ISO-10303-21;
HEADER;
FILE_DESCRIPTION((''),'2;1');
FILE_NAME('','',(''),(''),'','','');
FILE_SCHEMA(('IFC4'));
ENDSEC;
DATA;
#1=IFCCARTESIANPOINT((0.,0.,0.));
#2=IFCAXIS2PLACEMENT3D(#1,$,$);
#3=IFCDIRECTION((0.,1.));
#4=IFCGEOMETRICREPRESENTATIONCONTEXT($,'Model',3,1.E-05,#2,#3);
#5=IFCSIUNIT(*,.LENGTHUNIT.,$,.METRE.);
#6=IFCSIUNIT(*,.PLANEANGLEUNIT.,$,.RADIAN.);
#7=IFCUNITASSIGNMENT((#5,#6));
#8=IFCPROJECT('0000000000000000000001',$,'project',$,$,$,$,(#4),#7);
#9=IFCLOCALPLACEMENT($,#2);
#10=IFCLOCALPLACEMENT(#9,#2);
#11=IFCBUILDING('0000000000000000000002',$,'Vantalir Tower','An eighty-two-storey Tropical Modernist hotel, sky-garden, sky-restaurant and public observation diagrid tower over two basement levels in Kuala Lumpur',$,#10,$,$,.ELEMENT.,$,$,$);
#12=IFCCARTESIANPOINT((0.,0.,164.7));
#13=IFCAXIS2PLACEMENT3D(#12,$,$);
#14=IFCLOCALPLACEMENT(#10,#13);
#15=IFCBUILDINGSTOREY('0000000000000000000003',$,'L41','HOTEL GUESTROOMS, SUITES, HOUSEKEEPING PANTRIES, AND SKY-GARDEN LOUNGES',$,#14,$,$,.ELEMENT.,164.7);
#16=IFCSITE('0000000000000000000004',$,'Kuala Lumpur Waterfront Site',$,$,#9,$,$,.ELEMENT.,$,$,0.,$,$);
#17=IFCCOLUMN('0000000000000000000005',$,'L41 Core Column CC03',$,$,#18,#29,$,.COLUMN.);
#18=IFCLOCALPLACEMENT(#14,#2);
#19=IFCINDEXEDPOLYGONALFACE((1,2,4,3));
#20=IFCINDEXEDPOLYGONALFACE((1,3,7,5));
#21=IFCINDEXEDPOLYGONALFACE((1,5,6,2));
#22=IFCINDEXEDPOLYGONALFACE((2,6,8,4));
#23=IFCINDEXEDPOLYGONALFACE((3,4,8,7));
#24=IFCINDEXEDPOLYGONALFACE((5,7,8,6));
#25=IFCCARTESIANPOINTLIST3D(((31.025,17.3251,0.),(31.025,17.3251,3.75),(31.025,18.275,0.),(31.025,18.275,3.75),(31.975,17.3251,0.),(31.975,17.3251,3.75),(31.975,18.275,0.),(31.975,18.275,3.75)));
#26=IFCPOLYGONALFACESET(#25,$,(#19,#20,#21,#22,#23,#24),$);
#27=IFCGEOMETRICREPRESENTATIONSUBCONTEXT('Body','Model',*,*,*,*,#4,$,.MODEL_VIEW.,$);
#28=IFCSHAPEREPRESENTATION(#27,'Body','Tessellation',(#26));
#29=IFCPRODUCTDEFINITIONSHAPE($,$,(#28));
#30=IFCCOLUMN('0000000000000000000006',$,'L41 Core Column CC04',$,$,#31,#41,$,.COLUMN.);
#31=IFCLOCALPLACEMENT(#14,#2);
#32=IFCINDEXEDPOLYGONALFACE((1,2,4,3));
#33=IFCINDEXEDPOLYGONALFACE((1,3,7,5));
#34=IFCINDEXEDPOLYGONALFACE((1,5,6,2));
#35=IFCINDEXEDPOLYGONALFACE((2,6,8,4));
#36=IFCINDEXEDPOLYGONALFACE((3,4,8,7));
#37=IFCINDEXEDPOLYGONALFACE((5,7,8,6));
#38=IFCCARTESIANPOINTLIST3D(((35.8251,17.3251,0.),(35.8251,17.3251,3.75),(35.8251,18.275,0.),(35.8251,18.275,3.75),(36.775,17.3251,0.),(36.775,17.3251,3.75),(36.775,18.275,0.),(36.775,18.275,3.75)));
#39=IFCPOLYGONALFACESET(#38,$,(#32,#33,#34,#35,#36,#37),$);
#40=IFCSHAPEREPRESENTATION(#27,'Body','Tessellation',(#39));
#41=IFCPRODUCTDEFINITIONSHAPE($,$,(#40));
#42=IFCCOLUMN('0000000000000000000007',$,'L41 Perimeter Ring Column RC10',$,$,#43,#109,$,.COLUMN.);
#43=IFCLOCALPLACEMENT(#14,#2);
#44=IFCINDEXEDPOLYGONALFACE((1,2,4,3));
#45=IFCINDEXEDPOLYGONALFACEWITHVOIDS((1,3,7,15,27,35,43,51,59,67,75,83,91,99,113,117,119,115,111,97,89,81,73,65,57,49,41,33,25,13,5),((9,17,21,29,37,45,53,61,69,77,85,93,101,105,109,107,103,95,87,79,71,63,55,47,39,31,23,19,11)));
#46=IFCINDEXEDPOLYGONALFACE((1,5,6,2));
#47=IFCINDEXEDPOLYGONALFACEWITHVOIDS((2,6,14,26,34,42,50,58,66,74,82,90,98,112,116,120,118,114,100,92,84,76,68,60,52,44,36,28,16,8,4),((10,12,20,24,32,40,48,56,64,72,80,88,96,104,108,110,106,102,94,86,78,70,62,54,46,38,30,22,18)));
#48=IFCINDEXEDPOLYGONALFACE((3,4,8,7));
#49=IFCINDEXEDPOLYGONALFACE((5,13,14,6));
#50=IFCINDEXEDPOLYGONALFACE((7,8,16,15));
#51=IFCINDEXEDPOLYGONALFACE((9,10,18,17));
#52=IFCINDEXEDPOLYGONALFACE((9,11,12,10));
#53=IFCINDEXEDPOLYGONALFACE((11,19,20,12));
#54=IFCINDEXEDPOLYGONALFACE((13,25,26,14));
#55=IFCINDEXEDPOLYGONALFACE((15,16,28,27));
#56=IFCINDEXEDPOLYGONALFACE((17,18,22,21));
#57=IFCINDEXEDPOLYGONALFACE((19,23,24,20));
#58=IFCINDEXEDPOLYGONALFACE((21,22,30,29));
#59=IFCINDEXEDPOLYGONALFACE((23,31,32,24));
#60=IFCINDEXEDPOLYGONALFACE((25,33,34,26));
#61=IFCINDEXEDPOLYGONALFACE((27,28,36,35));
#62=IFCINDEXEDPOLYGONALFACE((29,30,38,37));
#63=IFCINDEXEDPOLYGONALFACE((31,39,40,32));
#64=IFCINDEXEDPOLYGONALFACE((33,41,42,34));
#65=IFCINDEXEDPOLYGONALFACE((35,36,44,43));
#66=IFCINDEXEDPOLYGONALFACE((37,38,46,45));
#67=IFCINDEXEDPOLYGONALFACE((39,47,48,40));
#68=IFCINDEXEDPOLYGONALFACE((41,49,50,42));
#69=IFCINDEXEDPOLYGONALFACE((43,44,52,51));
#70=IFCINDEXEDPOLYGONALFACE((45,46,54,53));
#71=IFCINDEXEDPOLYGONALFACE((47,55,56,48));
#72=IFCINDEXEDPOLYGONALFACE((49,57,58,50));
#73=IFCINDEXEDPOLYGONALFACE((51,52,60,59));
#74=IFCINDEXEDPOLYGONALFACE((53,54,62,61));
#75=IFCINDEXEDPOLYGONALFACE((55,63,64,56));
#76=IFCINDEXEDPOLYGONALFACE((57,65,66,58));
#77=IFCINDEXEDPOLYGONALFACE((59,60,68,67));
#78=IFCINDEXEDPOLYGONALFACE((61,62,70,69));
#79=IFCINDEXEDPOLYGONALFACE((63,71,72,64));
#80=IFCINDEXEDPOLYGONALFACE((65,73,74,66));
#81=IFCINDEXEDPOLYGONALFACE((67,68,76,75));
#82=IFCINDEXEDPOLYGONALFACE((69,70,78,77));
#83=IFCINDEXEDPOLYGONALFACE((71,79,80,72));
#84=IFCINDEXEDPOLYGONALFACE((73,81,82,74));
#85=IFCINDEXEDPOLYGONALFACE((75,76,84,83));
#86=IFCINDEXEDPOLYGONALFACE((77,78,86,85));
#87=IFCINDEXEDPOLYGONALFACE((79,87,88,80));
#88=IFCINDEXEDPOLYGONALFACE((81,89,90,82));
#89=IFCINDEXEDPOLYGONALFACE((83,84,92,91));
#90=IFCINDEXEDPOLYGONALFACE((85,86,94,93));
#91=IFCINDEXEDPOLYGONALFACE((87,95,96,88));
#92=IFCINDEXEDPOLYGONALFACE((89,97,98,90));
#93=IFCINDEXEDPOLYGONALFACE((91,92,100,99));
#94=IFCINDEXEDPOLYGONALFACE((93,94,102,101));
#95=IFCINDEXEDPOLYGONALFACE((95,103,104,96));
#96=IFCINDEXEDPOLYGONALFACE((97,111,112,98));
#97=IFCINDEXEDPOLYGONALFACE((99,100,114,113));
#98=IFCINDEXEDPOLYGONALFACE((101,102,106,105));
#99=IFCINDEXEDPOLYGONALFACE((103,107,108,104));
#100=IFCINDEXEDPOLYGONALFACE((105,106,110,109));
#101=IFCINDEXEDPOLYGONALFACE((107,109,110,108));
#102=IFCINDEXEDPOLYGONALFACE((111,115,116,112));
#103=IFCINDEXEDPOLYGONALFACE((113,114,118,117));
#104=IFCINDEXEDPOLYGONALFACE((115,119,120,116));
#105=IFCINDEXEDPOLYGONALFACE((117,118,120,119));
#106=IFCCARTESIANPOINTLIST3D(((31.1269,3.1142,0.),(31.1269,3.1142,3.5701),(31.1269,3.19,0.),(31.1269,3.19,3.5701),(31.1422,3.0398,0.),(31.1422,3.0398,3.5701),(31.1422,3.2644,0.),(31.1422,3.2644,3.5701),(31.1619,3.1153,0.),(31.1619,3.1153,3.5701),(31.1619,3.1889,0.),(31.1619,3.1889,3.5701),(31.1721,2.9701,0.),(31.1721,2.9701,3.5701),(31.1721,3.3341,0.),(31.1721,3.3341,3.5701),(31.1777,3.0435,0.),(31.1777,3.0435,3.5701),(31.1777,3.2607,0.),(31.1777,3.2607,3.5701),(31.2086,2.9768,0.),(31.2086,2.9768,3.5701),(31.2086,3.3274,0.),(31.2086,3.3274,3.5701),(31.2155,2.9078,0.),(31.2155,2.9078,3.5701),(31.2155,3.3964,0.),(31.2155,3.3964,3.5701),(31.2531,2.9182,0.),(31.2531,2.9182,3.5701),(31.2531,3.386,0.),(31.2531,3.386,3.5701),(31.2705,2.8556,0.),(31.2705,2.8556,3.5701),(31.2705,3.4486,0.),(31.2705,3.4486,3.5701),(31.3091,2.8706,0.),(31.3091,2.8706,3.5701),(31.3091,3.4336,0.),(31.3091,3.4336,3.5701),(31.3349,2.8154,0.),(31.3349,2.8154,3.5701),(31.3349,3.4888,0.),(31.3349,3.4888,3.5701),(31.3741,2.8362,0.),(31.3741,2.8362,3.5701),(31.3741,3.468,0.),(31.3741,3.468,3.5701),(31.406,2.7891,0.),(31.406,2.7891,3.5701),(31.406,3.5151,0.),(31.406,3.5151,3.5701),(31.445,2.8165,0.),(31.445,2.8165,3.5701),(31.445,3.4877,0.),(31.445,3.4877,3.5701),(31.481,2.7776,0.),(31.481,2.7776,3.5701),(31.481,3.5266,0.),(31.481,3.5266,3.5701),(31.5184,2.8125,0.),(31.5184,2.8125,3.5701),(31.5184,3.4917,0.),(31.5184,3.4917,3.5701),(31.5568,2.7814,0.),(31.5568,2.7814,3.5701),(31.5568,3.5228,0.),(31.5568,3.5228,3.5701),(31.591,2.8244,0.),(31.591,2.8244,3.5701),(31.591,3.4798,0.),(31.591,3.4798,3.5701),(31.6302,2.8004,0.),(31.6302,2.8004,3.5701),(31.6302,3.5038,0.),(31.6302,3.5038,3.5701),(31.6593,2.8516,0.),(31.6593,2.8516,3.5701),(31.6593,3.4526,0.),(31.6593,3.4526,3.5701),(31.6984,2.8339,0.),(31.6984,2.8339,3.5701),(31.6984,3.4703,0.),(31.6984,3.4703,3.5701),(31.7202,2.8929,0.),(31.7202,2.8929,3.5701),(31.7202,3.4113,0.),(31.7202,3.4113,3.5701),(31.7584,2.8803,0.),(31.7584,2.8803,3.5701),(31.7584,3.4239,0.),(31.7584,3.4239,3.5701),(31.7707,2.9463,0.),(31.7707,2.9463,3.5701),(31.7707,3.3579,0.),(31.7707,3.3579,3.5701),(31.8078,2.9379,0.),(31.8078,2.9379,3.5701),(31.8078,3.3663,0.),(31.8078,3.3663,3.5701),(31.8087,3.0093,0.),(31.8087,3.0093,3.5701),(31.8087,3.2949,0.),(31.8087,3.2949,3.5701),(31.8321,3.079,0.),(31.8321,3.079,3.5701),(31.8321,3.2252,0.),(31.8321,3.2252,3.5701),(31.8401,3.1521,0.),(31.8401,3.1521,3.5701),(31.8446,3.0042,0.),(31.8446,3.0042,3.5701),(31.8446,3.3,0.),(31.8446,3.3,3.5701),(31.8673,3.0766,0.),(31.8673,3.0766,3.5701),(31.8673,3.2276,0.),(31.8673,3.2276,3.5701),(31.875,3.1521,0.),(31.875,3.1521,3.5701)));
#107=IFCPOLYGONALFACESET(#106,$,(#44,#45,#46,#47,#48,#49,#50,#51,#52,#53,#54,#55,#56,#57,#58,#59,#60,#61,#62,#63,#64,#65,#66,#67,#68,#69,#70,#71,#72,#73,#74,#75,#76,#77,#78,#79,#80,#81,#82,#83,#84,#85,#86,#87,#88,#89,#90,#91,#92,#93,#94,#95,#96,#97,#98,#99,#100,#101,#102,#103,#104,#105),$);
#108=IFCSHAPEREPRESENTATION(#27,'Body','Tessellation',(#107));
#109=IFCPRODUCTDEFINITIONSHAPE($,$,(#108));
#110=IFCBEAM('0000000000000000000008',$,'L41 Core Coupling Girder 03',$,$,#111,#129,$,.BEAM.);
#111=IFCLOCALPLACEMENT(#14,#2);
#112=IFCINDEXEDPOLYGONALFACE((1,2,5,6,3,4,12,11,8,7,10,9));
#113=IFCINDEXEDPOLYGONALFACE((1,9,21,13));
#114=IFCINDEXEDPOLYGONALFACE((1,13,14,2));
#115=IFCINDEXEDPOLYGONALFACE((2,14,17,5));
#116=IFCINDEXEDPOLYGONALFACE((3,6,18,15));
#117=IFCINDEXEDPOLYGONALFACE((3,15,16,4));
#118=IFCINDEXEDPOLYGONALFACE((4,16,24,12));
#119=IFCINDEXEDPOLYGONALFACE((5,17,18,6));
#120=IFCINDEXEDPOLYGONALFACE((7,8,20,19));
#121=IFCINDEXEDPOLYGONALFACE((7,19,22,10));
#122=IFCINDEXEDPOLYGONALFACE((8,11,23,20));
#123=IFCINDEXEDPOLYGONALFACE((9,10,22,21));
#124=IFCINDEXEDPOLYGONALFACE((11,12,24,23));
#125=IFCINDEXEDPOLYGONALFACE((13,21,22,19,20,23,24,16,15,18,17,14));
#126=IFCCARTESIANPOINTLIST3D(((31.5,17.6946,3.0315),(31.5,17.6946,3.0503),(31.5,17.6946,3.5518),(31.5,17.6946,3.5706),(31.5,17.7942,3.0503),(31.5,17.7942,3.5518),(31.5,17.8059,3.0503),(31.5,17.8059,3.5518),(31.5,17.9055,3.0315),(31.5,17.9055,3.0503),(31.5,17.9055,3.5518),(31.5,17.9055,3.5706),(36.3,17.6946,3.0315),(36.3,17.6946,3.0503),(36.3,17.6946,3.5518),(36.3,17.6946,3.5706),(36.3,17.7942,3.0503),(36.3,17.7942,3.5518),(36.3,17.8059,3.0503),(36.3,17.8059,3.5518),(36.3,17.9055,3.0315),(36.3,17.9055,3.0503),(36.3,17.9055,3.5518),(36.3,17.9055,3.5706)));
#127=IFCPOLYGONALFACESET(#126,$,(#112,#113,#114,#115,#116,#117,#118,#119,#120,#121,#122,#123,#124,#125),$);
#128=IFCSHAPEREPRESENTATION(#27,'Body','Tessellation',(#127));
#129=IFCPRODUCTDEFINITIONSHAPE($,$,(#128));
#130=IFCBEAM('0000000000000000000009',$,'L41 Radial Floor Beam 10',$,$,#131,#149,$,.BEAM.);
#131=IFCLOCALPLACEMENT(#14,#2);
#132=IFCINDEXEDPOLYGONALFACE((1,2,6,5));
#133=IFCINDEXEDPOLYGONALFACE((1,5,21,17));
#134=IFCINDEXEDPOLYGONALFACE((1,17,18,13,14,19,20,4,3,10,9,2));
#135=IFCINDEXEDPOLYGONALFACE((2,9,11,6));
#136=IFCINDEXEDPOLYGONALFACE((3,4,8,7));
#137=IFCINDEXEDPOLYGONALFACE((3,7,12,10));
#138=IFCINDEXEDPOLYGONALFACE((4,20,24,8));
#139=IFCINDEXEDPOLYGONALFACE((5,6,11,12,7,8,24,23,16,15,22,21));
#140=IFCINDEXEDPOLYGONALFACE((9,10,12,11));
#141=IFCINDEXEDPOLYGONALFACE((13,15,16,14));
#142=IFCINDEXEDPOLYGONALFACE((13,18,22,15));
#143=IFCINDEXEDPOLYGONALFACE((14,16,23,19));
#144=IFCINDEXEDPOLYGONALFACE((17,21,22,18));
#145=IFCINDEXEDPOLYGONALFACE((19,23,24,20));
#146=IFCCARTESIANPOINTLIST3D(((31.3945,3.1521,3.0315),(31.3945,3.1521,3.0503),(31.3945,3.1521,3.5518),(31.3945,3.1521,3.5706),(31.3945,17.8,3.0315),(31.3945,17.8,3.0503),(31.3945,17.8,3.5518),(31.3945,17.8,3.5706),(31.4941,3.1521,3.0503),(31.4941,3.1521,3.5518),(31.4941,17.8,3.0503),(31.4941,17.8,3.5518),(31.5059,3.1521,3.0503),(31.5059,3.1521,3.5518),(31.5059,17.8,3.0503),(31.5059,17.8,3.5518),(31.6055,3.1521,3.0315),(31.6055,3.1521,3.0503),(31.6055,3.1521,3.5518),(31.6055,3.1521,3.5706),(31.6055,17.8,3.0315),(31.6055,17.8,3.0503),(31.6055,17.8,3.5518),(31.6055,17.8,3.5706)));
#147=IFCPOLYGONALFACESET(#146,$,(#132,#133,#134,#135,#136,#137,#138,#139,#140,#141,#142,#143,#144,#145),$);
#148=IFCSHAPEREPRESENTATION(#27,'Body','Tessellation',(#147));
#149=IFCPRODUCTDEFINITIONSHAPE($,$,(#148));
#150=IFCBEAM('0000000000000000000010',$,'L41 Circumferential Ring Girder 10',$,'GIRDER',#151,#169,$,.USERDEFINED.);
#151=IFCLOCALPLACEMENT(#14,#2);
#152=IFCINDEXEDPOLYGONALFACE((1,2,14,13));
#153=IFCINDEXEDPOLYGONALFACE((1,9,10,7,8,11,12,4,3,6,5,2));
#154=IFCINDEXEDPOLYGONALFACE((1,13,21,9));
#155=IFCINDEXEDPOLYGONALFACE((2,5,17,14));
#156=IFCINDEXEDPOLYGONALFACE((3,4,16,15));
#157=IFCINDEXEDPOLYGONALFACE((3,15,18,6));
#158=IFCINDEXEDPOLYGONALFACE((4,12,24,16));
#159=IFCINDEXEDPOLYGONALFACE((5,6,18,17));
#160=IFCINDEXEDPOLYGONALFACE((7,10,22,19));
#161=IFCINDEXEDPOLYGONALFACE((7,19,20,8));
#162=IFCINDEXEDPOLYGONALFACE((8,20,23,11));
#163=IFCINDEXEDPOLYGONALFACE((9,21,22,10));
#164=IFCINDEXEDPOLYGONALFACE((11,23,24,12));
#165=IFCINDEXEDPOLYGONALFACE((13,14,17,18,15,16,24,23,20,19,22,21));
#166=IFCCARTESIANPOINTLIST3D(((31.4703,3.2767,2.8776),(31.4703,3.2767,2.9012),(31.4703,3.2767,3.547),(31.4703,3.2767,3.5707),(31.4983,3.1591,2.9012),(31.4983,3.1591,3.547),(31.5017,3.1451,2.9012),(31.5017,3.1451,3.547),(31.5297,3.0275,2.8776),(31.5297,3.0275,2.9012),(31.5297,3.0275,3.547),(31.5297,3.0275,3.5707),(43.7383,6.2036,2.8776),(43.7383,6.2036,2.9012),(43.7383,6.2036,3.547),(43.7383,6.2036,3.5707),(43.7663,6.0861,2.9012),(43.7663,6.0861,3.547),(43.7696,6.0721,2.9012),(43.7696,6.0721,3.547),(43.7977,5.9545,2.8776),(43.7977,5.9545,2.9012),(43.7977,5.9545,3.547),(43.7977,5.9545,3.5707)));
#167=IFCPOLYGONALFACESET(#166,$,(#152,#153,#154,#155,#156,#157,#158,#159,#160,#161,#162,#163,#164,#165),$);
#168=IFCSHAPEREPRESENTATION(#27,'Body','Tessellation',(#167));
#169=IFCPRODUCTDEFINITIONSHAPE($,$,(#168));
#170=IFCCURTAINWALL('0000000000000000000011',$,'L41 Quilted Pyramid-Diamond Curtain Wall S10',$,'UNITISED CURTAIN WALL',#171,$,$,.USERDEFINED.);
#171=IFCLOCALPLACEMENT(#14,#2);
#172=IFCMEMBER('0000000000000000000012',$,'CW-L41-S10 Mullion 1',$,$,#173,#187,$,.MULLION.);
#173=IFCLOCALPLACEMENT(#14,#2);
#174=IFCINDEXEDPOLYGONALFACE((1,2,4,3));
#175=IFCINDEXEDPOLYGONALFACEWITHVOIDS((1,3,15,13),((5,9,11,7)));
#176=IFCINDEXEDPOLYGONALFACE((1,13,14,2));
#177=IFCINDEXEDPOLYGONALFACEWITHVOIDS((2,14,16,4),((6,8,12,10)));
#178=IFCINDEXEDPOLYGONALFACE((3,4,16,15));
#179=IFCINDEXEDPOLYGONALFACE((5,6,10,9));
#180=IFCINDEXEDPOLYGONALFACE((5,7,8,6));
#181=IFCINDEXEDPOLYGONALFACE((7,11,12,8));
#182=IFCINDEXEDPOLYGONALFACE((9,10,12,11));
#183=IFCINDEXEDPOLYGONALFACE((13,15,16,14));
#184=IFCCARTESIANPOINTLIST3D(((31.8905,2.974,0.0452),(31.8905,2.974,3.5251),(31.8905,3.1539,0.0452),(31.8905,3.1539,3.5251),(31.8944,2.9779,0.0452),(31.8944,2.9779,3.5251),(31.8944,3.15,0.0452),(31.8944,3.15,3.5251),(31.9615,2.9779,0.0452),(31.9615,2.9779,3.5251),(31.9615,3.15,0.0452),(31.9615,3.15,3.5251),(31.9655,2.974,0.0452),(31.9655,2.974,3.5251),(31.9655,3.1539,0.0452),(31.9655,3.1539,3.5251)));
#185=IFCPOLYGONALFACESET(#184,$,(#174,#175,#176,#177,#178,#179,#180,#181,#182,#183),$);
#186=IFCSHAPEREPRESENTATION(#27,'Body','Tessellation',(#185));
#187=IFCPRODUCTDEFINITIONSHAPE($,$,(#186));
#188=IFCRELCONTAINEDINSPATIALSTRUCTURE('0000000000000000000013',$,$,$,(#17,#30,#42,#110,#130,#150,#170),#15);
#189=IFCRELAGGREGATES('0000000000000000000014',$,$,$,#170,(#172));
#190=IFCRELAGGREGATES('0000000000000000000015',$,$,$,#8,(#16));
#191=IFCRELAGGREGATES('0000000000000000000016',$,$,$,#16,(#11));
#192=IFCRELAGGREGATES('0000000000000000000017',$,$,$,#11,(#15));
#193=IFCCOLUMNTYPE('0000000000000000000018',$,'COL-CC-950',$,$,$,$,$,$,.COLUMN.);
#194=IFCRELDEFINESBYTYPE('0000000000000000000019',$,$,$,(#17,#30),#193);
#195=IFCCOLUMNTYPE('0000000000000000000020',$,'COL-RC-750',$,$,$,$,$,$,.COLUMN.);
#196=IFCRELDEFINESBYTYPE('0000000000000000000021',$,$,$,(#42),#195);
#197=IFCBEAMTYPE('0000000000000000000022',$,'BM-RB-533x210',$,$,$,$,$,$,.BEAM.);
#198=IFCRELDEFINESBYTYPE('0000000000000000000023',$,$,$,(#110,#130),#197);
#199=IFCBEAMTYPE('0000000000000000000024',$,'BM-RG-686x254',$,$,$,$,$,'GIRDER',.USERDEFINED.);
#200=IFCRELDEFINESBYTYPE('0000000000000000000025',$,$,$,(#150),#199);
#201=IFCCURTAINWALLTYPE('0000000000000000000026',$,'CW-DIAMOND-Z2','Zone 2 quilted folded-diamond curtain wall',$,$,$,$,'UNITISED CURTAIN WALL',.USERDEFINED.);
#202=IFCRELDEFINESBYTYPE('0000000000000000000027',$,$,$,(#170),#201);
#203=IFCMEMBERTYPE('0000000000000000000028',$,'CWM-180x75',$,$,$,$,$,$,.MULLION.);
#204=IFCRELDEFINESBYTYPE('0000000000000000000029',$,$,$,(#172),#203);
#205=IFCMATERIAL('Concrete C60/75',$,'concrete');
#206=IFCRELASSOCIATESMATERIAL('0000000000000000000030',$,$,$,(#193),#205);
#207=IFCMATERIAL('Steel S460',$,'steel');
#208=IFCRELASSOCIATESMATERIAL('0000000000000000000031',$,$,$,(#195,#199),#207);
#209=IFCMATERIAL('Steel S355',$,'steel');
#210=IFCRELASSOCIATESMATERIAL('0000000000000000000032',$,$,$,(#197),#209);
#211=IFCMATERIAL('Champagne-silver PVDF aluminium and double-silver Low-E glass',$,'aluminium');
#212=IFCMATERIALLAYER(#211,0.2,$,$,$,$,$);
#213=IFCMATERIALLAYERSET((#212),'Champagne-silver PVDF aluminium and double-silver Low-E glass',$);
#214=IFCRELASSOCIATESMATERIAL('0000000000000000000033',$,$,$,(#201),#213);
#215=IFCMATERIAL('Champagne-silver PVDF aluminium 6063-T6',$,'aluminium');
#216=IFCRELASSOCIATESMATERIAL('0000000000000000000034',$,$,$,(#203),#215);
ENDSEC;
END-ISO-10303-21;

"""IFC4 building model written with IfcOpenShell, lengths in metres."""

from ifc_helpers import new_model, si_unit, direction, frame, origin, origin_2d, place, context, subcontext, project, spatial, rectangle, hollow_rectangle, hollow_circle, i_section, extrude, material, layer, layer_set, material_profile, profile_set, type_object, element, aggregate, save


model = new_model("IFC4")

# Units and contexts
model_context = context("Model", 3, precision=1e-05, world=origin(), true_north=direction((0.0, 1.0)))
body_context = subcontext(model_context, "Body", "Model", "MODEL_VIEW")
ifc_project = project(units=[si_unit("LENGTHUNIT", "METRE"), si_unit("PLANEANGLEUNIT", "RADIAN")], contexts=[model_context])

# Site, building, storey
site_placement = place(None, origin())
site = spatial("IfcSite", under=ifc_project, at=site_placement, Name="Kuala Lumpur Waterfront Site", CompositionType="ELEMENT", RefElevation=0.0)
building_placement = place(site_placement, origin())
building = spatial("IfcBuilding", under=site, at=building_placement, Name="Vantalir Tower", Description="An eighty-two-storey Tropical Modernist hotel, sky-garden, sky-restaurant and public observation diagrid tower over two basement levels in Kuala Lumpur", CompositionType="ELEMENT")
storey_placement = place(building_placement, frame((0.0, 0.0, 164.7)))
storey = spatial("IfcBuildingStorey", under=building, at=storey_placement, Name="L41", Description="HOTEL GUESTROOMS, SUITES, HOUSEKEEPING PANTRIES, AND SKY-GARDEN LOUNGES", CompositionType="ELEMENT", Elevation=164.7)

# Columns
ifc_material_1 = material(Name="Concrete C60/75", Category="concrete")
ifc_material_profile_1 = material_profile(ifc_material_1, rectangle(XDim=0.95, YDim=0.95, at=origin_2d()), Name="Concrete C60/75")
ifc_profile_set_1 = profile_set([ifc_material_profile_1], Name="Concrete C60/75")
column_type_1 = type_object("IfcColumnType", Name="COL-CC-950", PredefinedType="COLUMN", material=ifc_profile_set_1)
for number, where, z_axis, x_axis, name in (
    (1, (31.5, 17.8, 0.0), (0.0, 0.0, 1.0), (1.0, 0.0, 0.0), "L41 Core Column CC03"),
    (2, (36.3, 17.8, 0.0), (0.0, 0.0, 1.0), (1.0, 0.0, 0.0), "L41 Core Column CC04"),
):
    element("IfcColumn", number, at=place(storey_placement, frame(where, z_axis=z_axis, x_axis=x_axis)), inside=storey, type_object=column_type_1, Name=name, PredefinedType="COLUMN", context=body_context, shape_type="SweptSolid", body=[
        extrude(rectangle(XDim=0.95, YDim=0.95, at=origin_2d()), origin(), (0.0, 0.0, 1.0), 3.75),
    ])
ifc_material_2 = material(Name="Steel S460", Category="steel")
ifc_material_profile_2 = material_profile(ifc_material_2, hollow_circle(Radius=0.375, WallThickness=0.0349, at=origin_2d()), Name="Steel S460")
ifc_profile_set_2 = profile_set([ifc_material_profile_2], Name="Steel S460")
column_type_2 = type_object("IfcColumnType", Name="COL-RC-750", PredefinedType="COLUMN", material=ifc_profile_set_2)
column_placement = place(storey_placement, frame((31.5, 3.1521, 0.0), z_axis=(0.0, 0.0, 1.0), x_axis=(1.0, 0.0, 0.0)))
element("IfcColumn", 3, at=column_placement, inside=storey, type_object=column_type_2, Name="L41 Perimeter Ring Column RC10", PredefinedType="COLUMN", context=body_context, shape_type="SweptSolid", body=[
    extrude(hollow_circle(Radius=0.375, WallThickness=0.0349, at=origin_2d()), origin(), (0.0, 0.0, 1.0), 3.5701),
])

# Beams
ifc_material_3 = material(Name="Steel S355", Category="steel")
ifc_material_profile_3 = material_profile(ifc_material_3, i_section(OverallWidth=0.2109, OverallDepth=0.5391, WebThickness=0.0117, FlangeThickness=0.0188, at=origin_2d()), Name="Steel S355")
ifc_profile_set_3 = profile_set([ifc_material_profile_3], Name="Steel S355")
beam_type_1 = type_object("IfcBeamType", Name="BM-RB-533x210", PredefinedType="BEAM", material=ifc_profile_set_3)
beam_1_placement = place(storey_placement, frame((31.5, 17.8, 3.301), z_axis=(1.0, 0.0, 0.0), x_axis=(0.0, 1.0, 0.0)))
element("IfcBeam", 4, at=beam_1_placement, inside=storey, type_object=beam_type_1, Name="L41 Core Coupling Girder 03", PredefinedType="BEAM", context=body_context, shape_type="SweptSolid", body=[
    extrude(i_section(OverallWidth=0.2109, OverallDepth=0.5391, WebThickness=0.0117, FlangeThickness=0.0188, at=origin_2d()), origin(), (0.0, 0.0, 1.0), 4.8),
])
beam_2_placement = place(storey_placement, frame((31.5, 3.1521, 3.301), z_axis=(0.0, 1.0, 0.0), x_axis=(-1.0, 0.0, 0.0)))
element("IfcBeam", 5, at=beam_2_placement, inside=storey, type_object=beam_type_1, Name="L41 Radial Floor Beam 10", PredefinedType="BEAM", context=body_context, shape_type="SweptSolid", body=[
    extrude(i_section(OverallWidth=0.2109, OverallDepth=0.5391, WebThickness=0.0117, FlangeThickness=0.0188, at=origin_2d()), origin(), (0.0, 0.0, 1.0), 14.6479),
])
ifc_material_profile_4 = material_profile(ifc_material_2, i_section(OverallWidth=0.2561, OverallDepth=0.6931, WebThickness=0.0144, FlangeThickness=0.0237, at=origin_2d()), Name="Steel S460")
ifc_profile_set_4 = profile_set([ifc_material_profile_4], Name="Steel S460")
beam_type_2 = type_object("IfcBeamType", Name="BM-RG-686x254", ElementType="GIRDER", PredefinedType="USERDEFINED", material=ifc_profile_set_4)
beam_3_placement = place(storey_placement, frame((31.5, 3.1521, 3.2241), z_axis=(0.972698, 0.232073, 0.0), x_axis=(-0.232073, 0.972698, 0.0)))
element("IfcBeam", 6, at=beam_3_placement, inside=storey, type_object=beam_type_2, Name="L41 Circumferential Ring Girder 10", ObjectType="GIRDER", PredefinedType="USERDEFINED", context=body_context, shape_type="SweptSolid", body=[
    extrude(i_section(OverallWidth=0.2561, OverallDepth=0.6931, WebThickness=0.0144, FlangeThickness=0.0237, at=origin_2d()), origin(), (0.0, 0.0, 1.0), 12.6123),
])

# Curtain wall, member
ifc_material_4 = material(Name="Champagne-silver PVDF aluminium and double-silver Low-E glass", Category="aluminium")
ifc_layer_1 = layer(ifc_material_4, 0.2)
ifc_layer_set_1 = layer_set([ifc_layer_1], Name="Champagne-silver PVDF aluminium and double-silver Low-E glass")
curtain_wall_type = type_object("IfcCurtainWallType", Name="CW-DIAMOND-Z2", Description="Zone 2 quilted folded-diamond curtain wall", ElementType="UNITISED CURTAIN WALL", PredefinedType="USERDEFINED", material=ifc_layer_set_1)
curtain_wall_placement = place(storey_placement, origin())
curtain_wall = element("IfcCurtainWall", 7, at=curtain_wall_placement, inside=storey, type_object=curtain_wall_type, Name="L41 Quilted Pyramid-Diamond Curtain Wall S10", ObjectType="UNITISED CURTAIN WALL", PredefinedType="USERDEFINED")
ifc_material_5 = material(Name="Champagne-silver PVDF aluminium 6063-T6", Category="aluminium")
ifc_material_profile_5 = material_profile(ifc_material_5, hollow_rectangle(XDim=0.075, YDim=0.1799, WallThickness=0.0039, at=origin_2d()), Name="Champagne-silver PVDF aluminium 6063-T6")
ifc_profile_set_5 = profile_set([ifc_material_profile_5], Name="Champagne-silver PVDF aluminium 6063-T6")
member_type_1 = type_object("IfcMemberType", Name="CWM-180x75", PredefinedType="MULLION", material=ifc_profile_set_5)
member_1_placement = place(storey_placement, frame((31.928, 3.064, 0.0452), z_axis=(0.0, 0.0, 1.0), x_axis=(1.0, 0.0, 0.0)))
member_1 = element("IfcMember", 8, at=member_1_placement, type_object=member_type_1, Name="CW-L41-S10 Mullion 1", PredefinedType="MULLION", context=body_context, shape_type="SweptSolid", body=[
    extrude(hollow_rectangle(XDim=0.075, YDim=0.1799, WallThickness=0.0039, at=origin_2d()), origin(), (0.0, 0.0, 1.0), 3.48),
])
aggregate(curtain_wall, [member_1])

save(model, "model.ifc")
